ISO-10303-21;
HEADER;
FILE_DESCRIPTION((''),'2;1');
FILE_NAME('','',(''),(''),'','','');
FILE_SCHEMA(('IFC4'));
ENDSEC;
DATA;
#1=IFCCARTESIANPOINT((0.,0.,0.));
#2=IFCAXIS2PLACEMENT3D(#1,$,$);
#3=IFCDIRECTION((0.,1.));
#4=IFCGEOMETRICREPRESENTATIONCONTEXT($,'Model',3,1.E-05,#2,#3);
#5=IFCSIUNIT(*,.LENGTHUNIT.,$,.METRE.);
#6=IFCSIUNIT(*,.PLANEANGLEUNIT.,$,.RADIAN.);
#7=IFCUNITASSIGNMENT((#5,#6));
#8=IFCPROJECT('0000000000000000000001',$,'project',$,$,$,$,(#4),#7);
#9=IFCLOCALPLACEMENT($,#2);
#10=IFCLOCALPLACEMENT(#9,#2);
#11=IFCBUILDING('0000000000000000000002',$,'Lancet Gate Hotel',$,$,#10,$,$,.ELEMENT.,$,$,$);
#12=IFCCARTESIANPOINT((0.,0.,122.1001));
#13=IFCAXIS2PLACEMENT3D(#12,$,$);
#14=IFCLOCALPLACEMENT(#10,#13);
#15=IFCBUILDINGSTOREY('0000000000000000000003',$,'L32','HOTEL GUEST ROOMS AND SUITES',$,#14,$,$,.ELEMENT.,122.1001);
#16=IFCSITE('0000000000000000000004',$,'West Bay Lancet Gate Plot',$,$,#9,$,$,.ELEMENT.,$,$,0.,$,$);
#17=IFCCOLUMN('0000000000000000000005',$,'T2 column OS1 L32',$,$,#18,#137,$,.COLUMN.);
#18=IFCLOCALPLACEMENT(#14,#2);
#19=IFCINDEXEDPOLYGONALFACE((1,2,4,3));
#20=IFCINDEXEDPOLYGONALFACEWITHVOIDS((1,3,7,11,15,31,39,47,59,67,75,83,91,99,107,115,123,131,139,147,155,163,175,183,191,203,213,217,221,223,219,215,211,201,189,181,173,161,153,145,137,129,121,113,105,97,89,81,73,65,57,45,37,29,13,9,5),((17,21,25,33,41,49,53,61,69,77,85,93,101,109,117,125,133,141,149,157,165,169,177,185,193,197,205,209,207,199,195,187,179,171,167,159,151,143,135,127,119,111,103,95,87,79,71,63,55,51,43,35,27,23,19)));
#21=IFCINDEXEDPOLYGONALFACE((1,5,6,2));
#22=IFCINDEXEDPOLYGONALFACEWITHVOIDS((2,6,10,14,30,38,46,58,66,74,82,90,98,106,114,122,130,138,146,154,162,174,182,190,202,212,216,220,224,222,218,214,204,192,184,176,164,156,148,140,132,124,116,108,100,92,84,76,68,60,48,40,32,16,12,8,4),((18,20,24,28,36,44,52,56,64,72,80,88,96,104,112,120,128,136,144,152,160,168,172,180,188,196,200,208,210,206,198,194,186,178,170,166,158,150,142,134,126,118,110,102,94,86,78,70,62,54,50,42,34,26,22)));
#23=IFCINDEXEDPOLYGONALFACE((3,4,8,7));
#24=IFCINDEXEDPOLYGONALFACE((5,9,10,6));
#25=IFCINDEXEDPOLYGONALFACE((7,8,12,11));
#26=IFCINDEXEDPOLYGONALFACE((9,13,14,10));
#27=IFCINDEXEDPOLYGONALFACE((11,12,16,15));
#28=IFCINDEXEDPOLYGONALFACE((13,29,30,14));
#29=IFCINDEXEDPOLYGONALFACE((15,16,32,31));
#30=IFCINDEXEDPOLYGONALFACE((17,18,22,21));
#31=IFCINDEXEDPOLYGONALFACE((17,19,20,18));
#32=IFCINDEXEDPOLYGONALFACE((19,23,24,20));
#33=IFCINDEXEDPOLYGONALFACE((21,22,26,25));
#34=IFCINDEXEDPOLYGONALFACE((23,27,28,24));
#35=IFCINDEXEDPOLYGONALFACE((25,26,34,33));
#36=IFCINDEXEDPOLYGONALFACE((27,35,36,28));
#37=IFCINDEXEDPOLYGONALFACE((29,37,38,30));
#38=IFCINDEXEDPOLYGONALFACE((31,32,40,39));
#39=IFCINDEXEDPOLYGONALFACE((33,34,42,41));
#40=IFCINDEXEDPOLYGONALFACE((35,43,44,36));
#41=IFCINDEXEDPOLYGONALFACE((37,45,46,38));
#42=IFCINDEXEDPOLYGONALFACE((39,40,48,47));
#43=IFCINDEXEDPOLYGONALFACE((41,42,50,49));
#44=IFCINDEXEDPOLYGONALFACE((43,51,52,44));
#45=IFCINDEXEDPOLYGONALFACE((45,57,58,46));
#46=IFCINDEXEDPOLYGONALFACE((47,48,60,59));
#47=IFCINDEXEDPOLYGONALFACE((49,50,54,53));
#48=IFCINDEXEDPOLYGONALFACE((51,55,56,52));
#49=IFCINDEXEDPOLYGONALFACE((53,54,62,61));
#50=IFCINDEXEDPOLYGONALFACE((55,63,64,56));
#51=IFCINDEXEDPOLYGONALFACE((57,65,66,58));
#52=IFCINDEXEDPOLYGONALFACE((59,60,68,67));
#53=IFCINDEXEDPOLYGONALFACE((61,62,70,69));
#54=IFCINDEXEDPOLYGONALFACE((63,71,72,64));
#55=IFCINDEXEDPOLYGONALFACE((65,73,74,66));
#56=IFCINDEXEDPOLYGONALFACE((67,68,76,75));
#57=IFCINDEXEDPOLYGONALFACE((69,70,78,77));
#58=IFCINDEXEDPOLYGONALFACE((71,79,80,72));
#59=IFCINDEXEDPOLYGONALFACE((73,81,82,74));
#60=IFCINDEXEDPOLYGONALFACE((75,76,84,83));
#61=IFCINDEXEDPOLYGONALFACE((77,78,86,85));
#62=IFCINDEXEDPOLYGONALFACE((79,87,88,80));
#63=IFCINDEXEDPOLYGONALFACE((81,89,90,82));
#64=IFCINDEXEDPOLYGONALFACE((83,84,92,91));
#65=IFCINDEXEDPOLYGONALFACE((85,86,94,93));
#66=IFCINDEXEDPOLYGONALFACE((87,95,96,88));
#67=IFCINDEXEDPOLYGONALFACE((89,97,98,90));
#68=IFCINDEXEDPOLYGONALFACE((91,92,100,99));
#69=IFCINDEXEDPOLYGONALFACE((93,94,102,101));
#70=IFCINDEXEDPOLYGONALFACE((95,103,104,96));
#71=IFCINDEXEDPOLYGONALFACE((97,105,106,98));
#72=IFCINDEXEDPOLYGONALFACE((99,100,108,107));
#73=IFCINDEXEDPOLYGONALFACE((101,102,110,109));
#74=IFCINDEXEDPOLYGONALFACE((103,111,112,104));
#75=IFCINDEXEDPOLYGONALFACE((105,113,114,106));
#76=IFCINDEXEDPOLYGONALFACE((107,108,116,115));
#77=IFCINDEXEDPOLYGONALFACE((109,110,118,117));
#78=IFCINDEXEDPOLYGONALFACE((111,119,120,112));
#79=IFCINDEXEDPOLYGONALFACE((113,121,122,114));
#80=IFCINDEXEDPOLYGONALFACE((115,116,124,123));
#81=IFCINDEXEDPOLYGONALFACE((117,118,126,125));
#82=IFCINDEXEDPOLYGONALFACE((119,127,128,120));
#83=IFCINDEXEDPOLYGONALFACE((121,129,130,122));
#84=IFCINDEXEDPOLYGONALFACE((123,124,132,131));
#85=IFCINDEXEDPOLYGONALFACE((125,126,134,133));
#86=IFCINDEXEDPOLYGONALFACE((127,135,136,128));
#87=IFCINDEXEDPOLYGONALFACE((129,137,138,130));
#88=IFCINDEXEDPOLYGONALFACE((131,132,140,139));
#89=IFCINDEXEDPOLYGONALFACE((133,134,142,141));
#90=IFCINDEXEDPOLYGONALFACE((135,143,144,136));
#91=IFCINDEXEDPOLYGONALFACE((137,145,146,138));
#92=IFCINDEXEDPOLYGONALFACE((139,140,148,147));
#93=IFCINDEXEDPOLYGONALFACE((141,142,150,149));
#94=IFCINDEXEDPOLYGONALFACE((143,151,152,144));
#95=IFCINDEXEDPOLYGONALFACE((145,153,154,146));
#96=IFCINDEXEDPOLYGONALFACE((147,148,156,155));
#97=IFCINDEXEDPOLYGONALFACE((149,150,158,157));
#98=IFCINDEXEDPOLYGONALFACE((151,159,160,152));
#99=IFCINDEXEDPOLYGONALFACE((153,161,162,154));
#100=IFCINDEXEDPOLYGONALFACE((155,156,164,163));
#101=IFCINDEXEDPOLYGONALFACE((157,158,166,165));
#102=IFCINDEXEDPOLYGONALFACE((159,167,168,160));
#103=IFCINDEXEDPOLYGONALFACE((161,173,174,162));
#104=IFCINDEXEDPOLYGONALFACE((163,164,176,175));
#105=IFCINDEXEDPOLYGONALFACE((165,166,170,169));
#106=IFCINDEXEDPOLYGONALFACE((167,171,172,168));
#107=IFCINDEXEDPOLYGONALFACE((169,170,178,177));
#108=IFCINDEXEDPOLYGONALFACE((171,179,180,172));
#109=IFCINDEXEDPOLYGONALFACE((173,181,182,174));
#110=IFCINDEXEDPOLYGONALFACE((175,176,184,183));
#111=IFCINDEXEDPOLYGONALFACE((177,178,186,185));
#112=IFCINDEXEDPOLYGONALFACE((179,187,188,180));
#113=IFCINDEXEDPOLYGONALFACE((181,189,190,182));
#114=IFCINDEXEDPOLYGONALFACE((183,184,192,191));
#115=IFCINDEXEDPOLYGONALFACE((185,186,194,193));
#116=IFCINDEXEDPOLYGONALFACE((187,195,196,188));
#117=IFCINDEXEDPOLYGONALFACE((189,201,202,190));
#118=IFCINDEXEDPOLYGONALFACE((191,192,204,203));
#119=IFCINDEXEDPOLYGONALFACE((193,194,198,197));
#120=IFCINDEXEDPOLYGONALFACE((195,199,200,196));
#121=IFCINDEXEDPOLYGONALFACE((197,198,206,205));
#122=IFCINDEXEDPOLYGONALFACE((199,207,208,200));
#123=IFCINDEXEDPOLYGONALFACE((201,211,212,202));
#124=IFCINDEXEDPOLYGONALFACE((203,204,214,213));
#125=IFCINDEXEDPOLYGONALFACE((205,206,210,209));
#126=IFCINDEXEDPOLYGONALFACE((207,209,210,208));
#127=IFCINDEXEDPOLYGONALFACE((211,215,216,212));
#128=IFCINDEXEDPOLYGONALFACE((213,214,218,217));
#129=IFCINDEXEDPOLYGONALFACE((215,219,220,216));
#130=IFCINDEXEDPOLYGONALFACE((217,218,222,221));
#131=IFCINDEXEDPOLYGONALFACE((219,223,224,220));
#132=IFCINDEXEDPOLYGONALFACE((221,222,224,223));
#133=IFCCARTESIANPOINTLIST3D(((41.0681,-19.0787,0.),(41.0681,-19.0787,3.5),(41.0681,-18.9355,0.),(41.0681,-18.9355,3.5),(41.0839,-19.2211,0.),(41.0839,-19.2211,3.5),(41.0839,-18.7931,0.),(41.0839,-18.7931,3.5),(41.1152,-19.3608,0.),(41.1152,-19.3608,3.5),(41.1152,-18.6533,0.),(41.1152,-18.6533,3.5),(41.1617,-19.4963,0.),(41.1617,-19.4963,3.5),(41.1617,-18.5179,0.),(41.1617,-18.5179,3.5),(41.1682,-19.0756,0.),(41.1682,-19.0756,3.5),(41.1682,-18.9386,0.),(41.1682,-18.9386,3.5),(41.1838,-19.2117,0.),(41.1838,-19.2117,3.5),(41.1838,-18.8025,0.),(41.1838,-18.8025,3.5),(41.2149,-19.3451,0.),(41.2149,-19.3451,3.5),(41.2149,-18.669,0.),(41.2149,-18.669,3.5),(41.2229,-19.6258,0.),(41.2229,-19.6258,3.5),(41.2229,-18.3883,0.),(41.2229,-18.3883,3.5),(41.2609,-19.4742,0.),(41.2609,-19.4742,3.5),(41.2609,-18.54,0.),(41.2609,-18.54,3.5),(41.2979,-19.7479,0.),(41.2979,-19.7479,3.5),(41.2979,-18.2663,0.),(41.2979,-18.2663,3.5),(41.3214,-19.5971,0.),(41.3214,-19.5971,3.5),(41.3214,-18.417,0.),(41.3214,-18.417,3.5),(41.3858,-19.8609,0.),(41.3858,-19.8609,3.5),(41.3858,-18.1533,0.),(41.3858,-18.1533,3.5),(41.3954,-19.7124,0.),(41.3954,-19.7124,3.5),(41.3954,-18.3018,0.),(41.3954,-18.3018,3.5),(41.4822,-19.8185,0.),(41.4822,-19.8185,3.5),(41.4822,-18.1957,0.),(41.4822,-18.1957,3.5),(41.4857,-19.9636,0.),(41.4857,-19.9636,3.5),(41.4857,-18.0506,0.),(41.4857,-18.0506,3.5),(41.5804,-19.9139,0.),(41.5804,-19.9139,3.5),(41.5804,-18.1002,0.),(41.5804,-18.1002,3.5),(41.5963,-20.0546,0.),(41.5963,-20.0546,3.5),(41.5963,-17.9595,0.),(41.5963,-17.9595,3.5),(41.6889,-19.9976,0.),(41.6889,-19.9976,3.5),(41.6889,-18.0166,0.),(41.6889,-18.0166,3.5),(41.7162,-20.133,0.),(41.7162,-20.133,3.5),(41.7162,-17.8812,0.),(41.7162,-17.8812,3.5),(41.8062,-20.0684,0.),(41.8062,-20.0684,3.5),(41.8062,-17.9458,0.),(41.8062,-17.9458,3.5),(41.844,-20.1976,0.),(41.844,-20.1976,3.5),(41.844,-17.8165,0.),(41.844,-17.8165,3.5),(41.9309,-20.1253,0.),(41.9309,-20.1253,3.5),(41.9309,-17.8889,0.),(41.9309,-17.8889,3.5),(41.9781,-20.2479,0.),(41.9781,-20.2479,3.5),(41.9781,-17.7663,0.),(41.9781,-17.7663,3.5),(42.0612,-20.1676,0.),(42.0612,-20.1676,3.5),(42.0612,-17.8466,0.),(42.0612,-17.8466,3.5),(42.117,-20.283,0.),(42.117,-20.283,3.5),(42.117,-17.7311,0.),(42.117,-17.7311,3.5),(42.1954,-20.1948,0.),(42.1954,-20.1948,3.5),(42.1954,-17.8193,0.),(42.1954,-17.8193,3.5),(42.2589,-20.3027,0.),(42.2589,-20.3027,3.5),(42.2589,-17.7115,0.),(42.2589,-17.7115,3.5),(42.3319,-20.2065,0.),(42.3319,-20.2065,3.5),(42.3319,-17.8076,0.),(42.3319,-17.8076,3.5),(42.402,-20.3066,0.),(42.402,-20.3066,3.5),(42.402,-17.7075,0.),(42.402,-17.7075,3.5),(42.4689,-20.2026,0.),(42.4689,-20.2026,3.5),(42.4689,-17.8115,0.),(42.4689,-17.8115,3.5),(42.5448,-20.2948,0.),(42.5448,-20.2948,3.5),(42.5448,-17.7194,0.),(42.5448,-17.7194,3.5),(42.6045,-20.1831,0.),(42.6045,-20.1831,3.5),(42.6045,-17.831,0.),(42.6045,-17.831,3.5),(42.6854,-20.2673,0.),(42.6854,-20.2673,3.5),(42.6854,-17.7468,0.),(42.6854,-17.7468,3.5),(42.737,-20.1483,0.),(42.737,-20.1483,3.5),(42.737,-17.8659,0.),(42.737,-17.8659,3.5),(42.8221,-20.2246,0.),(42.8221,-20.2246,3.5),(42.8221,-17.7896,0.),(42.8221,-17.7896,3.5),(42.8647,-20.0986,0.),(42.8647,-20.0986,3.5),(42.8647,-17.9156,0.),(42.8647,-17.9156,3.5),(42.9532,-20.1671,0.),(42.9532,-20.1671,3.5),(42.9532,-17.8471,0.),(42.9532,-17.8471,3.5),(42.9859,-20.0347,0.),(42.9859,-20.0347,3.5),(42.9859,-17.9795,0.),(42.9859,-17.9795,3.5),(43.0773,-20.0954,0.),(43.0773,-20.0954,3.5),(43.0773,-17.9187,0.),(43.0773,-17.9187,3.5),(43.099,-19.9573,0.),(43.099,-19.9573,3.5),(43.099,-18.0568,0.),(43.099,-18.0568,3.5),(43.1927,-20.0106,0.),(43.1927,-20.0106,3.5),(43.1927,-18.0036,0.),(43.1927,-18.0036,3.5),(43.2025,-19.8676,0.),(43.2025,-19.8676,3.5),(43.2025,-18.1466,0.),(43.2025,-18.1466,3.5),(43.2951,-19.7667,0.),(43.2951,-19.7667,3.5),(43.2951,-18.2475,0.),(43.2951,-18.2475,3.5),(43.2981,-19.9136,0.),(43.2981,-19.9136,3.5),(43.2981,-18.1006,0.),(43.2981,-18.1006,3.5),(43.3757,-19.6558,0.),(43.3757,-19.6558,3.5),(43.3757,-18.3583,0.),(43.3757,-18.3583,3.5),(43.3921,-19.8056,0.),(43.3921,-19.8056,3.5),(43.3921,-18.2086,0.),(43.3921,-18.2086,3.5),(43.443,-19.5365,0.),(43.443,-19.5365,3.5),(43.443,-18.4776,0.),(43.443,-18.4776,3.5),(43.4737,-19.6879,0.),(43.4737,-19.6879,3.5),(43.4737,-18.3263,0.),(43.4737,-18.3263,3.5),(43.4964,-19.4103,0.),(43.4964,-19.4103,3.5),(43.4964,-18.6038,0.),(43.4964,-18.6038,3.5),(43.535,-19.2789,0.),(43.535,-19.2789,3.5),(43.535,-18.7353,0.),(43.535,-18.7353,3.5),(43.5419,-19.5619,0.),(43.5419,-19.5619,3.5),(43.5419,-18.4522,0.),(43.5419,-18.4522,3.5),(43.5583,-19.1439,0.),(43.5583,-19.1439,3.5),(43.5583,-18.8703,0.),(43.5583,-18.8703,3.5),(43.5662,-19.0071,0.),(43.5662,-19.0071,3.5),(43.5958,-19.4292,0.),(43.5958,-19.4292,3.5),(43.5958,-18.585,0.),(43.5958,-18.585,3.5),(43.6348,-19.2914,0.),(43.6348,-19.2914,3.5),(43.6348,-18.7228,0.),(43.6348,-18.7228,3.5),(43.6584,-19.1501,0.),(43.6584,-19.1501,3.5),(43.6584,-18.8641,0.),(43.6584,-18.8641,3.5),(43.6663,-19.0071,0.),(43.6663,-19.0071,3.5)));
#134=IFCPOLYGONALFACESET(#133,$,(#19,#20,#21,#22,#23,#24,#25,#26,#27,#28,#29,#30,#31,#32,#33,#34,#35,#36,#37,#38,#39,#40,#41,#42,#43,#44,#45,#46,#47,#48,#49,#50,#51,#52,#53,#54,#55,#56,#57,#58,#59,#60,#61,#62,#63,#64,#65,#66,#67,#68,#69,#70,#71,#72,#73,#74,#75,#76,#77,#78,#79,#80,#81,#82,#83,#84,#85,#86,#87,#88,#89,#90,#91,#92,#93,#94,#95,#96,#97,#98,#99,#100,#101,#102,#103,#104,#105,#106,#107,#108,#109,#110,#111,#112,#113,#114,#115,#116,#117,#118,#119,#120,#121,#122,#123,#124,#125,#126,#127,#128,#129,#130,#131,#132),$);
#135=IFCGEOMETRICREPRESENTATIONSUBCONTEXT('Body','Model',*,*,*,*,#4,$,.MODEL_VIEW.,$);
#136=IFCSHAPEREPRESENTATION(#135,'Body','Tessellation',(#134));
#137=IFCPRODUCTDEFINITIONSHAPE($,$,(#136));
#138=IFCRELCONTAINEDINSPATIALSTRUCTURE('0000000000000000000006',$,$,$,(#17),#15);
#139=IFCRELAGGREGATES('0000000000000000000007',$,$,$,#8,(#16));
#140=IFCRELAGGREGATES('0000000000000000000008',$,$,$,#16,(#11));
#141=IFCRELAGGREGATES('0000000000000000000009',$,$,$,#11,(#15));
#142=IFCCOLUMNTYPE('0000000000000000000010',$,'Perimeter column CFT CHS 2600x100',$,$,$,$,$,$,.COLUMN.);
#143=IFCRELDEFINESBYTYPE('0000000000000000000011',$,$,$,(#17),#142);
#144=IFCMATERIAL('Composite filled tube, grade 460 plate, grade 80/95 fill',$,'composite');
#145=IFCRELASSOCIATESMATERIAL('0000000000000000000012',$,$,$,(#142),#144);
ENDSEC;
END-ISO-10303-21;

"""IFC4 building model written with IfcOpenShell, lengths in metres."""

from ifc_helpers import new_model, si_unit, direction, frame, origin, origin_2d, place, context, subcontext, project, spatial, hollow_circle, extrude, material, material_profile, profile_set, type_object, element, save


model = new_model("IFC4")

# Units and contexts
model_context = context("Model", 3, precision=1e-05, world=origin(), true_north=direction((0.0, 1.0)))
body_context = subcontext(model_context, "Body", "Model", "MODEL_VIEW")
ifc_project = project(units=[si_unit("LENGTHUNIT", "METRE"), si_unit("PLANEANGLEUNIT", "RADIAN")], contexts=[model_context])

# Site, building, storey
site_placement = place(None, origin())
site = spatial("IfcSite", under=ifc_project, at=site_placement, Name="West Bay Lancet Gate Plot", CompositionType="ELEMENT", RefElevation=0.0)
building_placement = place(site_placement, origin())
building = spatial("IfcBuilding", under=site, at=building_placement, Name="Lancet Gate Hotel", CompositionType="ELEMENT")
storey_placement = place(building_placement, frame((0.0, 0.0, 122.1001)))
storey = spatial("IfcBuildingStorey", under=building, at=storey_placement, Name="L32", Description="HOTEL GUEST ROOMS AND SUITES", CompositionType="ELEMENT", Elevation=122.1001)

# Column
ifc_material_1 = material(Name="Composite filled tube, grade 460 plate, grade 80/95 fill", Category="composite")
ifc_material_profile_1 = material_profile(ifc_material_1, hollow_circle(Radius=1.3, WallThickness=0.1001, at=origin_2d()), Name="CHS 2600x100")
ifc_profile_set_1 = profile_set([ifc_material_profile_1], Name="Composite filled tube, grade 460 plate, grade 80/95 fill")
column_type = type_object("IfcColumnType", Name="Perimeter column CFT CHS 2600x100", PredefinedType="COLUMN", material=ifc_profile_set_1)
for number, where, z_axis, x_axis, name in (
    (1, (42.3662, -19.0071, 0.0), (0.0, 0.0, 1.0), (1.0, 0.0, 0.0), "T2 column OS1 L32"),
):
    element("IfcColumn", number, at=place(storey_placement, frame(where, z_axis=z_axis, x_axis=x_axis)), inside=storey, type_object=column_type, Name=name, PredefinedType="COLUMN", context=body_context, shape_type="SweptSolid", body=[
        extrude(hollow_circle(Radius=1.3, WallThickness=0.1001, at=origin_2d()), origin(), (0.0, 0.0, 1.0), 3.5),
    ])

save(model, "model.ifc")
